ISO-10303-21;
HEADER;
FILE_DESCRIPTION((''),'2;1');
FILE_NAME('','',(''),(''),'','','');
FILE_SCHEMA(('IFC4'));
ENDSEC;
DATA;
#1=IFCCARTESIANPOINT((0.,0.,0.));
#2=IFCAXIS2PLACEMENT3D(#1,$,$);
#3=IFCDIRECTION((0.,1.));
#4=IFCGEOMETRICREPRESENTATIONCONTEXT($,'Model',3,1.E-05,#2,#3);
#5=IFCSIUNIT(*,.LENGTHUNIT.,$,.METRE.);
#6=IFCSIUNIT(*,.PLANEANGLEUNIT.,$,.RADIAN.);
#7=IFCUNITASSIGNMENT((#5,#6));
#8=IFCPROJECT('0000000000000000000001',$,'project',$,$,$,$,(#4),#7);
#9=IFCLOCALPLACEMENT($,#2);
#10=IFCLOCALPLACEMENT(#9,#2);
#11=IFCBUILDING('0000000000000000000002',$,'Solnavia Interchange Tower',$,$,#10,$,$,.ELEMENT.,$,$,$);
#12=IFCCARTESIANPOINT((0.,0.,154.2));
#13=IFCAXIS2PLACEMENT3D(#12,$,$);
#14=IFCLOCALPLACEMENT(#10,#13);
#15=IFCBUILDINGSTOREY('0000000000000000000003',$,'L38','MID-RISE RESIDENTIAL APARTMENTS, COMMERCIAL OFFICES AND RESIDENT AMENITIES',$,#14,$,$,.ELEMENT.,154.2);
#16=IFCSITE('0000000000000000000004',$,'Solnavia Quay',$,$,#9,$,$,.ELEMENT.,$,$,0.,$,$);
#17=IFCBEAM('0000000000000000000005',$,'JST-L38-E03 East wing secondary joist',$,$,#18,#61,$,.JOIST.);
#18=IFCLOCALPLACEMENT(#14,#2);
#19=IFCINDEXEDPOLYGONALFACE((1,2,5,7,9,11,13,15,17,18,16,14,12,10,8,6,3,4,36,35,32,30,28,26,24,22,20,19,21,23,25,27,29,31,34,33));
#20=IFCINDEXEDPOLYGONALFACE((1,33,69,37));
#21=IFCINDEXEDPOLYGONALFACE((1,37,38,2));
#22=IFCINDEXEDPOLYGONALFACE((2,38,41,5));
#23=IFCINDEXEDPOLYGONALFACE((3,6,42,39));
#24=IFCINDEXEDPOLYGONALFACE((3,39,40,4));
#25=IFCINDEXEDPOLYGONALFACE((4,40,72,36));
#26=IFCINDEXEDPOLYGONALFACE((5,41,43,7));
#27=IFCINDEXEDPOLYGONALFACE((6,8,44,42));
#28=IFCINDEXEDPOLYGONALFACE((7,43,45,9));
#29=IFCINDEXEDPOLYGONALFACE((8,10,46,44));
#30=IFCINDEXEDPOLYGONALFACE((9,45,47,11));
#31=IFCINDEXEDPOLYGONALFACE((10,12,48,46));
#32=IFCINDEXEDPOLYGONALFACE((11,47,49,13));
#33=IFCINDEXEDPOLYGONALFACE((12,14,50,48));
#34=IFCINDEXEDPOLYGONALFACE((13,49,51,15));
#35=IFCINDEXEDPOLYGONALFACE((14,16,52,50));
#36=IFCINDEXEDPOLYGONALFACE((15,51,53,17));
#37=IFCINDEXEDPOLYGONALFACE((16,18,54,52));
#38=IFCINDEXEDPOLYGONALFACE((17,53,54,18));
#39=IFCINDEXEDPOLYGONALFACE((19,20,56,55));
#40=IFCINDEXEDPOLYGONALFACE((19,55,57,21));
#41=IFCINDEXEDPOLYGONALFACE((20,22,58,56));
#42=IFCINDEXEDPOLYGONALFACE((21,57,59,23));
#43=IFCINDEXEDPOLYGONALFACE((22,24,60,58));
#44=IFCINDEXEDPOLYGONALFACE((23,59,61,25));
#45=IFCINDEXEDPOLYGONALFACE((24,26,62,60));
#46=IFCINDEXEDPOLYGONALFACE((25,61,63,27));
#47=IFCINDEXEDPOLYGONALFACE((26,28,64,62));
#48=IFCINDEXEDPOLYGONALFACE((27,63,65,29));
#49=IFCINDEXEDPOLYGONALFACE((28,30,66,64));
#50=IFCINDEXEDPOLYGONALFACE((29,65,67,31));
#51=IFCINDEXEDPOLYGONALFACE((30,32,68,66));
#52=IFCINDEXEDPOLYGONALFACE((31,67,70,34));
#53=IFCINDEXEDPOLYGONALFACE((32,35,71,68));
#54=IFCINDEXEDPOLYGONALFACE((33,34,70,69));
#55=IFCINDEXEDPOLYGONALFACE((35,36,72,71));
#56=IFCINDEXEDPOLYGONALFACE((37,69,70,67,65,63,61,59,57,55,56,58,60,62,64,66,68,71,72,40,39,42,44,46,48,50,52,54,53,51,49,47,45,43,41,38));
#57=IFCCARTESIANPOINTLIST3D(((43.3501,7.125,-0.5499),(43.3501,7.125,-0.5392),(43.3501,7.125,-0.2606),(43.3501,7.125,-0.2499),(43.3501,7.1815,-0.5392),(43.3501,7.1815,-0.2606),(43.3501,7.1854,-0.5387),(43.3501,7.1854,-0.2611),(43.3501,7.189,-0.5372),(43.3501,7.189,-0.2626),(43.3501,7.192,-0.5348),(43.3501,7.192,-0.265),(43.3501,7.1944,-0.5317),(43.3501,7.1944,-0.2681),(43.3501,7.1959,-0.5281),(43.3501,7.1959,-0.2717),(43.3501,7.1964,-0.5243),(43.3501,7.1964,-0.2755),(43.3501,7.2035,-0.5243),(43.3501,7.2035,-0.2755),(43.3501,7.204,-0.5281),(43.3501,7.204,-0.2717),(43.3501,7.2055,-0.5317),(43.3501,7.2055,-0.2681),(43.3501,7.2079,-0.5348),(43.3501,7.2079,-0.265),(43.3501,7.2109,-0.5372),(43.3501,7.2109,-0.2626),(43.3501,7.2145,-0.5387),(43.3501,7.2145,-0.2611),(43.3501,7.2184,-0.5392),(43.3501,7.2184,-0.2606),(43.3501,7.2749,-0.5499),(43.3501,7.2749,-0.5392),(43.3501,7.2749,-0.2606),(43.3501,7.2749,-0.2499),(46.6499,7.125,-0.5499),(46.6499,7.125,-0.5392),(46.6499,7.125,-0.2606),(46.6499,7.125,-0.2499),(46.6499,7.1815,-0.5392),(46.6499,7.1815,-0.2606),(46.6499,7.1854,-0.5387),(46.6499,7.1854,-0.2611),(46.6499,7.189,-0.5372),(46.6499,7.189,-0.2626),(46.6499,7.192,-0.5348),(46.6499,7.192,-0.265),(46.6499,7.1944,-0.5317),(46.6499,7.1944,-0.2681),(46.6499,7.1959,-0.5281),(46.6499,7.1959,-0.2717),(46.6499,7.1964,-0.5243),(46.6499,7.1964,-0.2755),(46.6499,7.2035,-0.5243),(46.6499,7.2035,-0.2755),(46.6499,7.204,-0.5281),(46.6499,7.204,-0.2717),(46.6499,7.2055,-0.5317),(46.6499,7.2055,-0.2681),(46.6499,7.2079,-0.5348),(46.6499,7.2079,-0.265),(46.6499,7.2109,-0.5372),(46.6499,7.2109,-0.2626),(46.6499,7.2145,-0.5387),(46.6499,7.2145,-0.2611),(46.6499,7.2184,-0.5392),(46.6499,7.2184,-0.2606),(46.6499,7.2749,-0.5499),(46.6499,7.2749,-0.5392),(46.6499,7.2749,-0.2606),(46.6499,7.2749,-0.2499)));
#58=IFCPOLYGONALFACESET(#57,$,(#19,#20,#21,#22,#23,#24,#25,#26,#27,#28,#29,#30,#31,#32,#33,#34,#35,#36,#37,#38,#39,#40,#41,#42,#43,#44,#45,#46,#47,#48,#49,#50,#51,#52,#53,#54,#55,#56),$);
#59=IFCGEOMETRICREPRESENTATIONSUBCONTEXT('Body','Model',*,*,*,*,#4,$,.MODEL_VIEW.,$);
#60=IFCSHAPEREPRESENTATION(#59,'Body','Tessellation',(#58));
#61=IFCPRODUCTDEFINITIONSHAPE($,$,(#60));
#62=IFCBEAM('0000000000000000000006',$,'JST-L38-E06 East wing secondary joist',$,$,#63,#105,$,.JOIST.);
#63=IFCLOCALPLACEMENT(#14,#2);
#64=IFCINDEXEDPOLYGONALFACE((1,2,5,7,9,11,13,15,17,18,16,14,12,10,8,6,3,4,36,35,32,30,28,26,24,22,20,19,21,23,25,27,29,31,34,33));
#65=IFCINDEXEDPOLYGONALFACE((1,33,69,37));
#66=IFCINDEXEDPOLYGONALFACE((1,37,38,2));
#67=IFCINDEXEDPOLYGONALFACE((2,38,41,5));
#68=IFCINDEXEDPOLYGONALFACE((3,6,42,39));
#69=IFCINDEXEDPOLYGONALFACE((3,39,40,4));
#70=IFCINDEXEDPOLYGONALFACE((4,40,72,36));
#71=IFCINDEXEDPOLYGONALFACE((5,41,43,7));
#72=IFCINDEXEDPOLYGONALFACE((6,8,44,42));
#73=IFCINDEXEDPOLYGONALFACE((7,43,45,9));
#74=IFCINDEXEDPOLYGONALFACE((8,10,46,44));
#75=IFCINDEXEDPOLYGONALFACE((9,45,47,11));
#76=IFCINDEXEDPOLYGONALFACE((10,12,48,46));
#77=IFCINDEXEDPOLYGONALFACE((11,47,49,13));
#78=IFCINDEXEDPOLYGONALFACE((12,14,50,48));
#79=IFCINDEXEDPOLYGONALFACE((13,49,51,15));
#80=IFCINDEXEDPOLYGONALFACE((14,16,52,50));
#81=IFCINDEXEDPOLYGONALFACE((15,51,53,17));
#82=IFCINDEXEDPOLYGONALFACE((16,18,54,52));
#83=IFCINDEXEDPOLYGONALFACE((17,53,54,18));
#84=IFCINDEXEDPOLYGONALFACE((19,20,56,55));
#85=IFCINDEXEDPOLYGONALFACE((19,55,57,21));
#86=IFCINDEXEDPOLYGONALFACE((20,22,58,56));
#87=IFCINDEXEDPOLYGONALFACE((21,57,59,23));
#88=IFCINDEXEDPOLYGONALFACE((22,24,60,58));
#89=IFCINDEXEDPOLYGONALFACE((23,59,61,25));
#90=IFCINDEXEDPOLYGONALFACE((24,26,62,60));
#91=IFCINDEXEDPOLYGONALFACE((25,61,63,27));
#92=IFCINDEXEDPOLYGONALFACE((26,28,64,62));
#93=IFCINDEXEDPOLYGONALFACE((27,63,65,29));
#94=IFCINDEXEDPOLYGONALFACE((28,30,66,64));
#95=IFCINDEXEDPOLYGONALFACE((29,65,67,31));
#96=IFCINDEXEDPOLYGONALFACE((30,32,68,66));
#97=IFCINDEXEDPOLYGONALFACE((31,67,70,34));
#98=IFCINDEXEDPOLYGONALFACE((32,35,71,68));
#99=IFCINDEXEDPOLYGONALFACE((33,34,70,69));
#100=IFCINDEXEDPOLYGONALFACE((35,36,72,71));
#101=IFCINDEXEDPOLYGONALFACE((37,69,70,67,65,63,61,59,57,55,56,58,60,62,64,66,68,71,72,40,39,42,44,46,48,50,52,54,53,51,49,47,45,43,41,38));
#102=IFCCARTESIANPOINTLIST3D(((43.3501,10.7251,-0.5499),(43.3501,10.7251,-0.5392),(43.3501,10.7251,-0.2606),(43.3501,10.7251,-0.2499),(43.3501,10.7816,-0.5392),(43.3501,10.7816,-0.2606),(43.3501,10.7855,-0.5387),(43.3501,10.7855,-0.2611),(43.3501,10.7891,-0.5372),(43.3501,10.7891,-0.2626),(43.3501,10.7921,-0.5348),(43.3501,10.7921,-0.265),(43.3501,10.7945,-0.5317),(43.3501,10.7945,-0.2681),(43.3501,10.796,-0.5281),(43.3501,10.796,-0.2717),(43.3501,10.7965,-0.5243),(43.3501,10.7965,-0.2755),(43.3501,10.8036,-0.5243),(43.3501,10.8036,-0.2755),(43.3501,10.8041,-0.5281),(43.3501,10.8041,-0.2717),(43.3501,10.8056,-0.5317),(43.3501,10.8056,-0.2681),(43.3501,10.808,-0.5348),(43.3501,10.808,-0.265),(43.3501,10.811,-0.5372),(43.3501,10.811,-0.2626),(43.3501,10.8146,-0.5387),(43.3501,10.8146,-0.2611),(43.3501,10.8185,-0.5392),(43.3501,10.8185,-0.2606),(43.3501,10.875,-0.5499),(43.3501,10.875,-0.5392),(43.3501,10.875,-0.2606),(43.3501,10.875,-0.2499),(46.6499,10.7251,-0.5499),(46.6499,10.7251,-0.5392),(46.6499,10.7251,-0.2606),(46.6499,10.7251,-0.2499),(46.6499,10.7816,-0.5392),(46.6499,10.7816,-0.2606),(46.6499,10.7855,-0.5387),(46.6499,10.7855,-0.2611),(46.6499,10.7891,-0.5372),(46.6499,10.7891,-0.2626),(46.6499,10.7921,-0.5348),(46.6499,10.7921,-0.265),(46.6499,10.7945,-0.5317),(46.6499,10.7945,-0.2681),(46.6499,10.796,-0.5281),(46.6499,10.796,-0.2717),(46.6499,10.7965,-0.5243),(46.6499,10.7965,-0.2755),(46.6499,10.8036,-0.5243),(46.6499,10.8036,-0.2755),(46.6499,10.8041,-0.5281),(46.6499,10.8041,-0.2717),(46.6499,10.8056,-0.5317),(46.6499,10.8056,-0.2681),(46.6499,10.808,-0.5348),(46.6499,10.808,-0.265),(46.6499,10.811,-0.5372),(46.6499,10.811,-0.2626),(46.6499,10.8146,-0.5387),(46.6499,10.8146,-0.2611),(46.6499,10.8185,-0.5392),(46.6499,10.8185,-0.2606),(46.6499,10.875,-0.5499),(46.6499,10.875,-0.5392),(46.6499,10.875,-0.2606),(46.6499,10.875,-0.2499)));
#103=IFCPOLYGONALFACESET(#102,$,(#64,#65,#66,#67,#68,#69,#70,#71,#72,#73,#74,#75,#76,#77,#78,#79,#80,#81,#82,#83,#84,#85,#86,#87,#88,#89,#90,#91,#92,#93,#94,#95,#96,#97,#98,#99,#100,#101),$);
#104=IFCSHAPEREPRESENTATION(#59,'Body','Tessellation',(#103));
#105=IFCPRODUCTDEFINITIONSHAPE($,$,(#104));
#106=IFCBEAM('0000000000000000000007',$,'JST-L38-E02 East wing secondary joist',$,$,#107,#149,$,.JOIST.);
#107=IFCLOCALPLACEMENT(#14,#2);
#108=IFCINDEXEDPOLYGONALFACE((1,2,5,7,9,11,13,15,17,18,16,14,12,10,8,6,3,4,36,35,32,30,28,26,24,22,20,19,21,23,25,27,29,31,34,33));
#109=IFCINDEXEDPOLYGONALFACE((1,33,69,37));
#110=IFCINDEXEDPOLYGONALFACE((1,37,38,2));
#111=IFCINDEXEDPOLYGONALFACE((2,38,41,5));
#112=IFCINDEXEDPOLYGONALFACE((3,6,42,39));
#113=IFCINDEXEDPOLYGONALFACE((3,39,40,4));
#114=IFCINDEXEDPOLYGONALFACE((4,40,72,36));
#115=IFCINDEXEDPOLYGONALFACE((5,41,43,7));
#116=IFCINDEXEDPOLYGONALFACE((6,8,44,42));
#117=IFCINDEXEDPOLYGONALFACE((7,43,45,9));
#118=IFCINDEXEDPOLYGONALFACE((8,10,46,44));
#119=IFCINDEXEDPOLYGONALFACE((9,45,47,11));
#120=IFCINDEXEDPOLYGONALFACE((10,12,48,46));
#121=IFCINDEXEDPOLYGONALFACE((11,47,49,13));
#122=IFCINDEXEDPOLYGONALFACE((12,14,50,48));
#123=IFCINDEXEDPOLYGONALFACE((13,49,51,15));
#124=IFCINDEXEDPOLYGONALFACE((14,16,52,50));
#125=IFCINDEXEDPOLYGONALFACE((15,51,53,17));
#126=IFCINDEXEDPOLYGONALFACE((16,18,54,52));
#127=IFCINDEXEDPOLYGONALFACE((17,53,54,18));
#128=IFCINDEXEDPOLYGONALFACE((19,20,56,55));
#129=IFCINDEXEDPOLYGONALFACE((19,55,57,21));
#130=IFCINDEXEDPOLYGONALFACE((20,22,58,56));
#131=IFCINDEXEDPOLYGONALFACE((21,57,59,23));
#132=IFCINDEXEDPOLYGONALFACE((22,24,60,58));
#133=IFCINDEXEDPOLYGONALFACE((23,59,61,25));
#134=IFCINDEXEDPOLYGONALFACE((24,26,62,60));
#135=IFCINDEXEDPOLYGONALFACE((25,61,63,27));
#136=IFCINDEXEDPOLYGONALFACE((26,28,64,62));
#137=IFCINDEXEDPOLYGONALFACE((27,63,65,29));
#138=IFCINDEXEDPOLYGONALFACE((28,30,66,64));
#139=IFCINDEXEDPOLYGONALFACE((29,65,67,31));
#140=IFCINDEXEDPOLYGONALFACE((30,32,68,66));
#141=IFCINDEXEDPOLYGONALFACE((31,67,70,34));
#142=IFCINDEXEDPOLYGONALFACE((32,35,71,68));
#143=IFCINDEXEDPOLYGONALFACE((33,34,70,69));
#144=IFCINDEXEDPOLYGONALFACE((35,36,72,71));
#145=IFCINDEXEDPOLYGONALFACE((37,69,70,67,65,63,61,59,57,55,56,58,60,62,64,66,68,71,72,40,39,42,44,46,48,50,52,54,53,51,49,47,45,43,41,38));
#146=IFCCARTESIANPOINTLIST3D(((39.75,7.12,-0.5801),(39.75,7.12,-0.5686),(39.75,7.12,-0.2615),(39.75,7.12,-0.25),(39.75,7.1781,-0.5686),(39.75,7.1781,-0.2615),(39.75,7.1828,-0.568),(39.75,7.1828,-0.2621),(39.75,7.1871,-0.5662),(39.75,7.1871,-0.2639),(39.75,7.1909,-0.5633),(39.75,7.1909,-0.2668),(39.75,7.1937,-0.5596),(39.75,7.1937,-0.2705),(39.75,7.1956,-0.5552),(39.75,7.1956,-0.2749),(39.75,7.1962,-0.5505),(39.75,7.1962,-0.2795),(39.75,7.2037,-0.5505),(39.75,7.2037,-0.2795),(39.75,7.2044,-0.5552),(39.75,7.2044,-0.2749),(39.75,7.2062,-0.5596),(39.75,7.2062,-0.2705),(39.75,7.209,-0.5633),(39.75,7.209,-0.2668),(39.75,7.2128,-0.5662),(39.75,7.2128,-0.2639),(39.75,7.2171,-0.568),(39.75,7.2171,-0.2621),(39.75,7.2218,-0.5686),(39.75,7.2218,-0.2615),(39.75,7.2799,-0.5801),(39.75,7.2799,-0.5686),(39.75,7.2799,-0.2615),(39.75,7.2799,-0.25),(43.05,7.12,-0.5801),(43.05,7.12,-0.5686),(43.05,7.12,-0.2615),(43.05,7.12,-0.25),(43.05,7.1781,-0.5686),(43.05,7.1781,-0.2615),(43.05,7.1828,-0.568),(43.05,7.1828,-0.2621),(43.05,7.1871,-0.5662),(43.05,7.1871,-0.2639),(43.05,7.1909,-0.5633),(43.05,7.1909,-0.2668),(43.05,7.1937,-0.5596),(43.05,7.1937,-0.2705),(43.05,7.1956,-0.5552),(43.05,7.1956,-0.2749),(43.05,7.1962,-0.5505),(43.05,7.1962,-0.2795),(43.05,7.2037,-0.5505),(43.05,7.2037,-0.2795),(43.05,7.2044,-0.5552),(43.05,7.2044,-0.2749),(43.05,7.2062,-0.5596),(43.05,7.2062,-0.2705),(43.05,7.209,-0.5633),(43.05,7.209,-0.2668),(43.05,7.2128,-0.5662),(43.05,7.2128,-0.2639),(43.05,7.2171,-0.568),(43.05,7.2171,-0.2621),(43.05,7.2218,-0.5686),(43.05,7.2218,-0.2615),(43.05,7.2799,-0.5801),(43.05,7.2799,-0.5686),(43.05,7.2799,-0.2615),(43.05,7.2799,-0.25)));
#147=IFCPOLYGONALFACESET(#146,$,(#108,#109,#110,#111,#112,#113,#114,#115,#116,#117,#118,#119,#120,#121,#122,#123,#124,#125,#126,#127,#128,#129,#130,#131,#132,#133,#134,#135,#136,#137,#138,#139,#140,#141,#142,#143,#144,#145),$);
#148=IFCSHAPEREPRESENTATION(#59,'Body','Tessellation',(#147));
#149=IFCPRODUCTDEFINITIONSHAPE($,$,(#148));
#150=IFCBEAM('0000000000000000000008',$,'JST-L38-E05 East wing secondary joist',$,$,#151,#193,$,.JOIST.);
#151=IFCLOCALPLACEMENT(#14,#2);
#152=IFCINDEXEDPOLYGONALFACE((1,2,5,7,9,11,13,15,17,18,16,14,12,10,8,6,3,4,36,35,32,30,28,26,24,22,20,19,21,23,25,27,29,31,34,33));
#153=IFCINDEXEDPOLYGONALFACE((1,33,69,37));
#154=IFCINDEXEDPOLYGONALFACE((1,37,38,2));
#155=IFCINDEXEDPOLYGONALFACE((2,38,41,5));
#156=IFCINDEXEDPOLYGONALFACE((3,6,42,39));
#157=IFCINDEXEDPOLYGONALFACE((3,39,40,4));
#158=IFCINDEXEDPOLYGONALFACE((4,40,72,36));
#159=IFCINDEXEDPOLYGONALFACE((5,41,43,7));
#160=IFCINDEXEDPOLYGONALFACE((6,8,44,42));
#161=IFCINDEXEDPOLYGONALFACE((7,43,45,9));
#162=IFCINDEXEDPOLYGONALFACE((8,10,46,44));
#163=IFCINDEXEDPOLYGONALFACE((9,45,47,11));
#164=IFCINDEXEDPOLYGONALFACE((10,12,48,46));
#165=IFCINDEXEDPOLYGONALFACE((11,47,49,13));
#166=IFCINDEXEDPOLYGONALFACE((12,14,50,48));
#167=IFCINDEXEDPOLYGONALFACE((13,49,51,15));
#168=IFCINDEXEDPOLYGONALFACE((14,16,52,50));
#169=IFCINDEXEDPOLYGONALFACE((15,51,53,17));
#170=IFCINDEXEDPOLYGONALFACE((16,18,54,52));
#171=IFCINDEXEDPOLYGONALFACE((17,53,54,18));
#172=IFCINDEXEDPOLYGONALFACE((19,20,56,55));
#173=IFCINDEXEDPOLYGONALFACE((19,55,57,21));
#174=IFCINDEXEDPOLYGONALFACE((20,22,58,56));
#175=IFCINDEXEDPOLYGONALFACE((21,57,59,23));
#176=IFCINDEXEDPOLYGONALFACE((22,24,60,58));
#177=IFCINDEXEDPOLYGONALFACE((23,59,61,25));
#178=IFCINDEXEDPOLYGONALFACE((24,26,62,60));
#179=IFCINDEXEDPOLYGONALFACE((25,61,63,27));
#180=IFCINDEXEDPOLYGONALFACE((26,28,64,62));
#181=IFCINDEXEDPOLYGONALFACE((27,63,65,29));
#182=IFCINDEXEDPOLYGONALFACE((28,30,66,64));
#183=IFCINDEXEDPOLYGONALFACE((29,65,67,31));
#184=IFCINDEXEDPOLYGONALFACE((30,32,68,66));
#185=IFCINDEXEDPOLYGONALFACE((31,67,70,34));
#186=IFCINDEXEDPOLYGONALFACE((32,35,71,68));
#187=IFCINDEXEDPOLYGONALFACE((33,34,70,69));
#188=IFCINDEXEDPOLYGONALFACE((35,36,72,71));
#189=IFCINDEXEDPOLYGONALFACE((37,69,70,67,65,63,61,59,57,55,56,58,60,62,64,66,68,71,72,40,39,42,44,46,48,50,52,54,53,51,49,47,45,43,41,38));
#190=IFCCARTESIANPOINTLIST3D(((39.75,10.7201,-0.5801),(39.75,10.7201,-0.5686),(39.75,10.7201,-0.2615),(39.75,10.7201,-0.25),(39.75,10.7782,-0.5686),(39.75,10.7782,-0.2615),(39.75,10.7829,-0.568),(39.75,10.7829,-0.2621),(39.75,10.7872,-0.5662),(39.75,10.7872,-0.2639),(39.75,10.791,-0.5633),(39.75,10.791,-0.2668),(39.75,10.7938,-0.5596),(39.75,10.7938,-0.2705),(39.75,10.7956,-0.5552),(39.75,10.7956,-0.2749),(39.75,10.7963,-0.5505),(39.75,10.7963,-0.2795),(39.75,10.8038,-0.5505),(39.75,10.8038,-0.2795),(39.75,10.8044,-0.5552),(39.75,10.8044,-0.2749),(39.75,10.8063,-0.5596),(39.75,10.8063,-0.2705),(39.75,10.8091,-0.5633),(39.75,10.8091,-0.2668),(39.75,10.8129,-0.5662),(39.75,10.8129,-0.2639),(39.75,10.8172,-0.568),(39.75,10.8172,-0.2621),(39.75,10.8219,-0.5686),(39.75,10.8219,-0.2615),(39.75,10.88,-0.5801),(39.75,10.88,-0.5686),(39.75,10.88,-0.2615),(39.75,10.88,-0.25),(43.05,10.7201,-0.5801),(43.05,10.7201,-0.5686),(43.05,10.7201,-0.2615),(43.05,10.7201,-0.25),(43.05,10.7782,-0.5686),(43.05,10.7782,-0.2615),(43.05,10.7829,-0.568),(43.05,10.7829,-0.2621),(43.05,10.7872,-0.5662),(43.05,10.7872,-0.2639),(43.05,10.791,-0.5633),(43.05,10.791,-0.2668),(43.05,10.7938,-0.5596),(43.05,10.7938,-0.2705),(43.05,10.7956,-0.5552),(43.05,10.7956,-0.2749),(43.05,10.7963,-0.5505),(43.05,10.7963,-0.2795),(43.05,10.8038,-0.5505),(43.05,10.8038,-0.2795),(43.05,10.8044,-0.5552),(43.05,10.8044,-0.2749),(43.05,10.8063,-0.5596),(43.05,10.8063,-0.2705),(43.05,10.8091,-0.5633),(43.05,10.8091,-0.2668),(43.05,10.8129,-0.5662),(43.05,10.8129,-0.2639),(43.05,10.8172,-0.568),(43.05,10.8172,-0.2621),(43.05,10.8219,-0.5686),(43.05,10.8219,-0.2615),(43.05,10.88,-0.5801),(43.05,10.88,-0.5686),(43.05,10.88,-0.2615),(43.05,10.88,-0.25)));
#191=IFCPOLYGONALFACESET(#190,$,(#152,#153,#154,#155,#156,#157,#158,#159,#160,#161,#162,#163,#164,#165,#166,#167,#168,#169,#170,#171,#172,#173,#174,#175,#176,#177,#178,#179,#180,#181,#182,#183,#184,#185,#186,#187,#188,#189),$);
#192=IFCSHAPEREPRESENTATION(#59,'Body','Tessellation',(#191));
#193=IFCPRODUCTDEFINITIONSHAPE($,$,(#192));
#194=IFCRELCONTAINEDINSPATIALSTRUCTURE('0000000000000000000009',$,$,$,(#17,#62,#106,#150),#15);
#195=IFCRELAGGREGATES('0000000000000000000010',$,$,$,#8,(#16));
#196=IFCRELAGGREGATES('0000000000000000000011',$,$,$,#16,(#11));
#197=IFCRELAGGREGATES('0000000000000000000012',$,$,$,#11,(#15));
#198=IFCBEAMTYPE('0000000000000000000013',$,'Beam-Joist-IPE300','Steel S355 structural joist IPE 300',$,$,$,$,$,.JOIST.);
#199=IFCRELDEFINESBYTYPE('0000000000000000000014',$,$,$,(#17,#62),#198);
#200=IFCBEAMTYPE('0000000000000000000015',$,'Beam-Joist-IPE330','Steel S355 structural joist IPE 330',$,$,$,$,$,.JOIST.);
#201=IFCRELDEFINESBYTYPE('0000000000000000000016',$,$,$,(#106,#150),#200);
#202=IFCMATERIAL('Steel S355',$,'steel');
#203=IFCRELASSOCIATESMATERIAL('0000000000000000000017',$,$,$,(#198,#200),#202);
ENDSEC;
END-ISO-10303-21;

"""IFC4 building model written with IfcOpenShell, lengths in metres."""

from ifc_helpers import new_model, si_unit, direction, frame, origin, origin_2d, place, context, subcontext, project, spatial, i_section, extrude, material, material_profile, profile_set, type_object, element, save


model = new_model("IFC4")

# Units and contexts
model_context = context("Model", 3, precision=1e-05, world=origin(), true_north=direction((0.0, 1.0)))
body_context = subcontext(model_context, "Body", "Model", "MODEL_VIEW")
ifc_project = project(units=[si_unit("LENGTHUNIT", "METRE"), si_unit("PLANEANGLEUNIT", "RADIAN")], contexts=[model_context])

# Site, building, storey
site_placement = place(None, origin())
site = spatial("IfcSite", under=ifc_project, at=site_placement, Name="Solnavia Quay", CompositionType="ELEMENT", RefElevation=0.0)
building_placement = place(site_placement, origin())
building = spatial("IfcBuilding", under=site, at=building_placement, Name="Solnavia Interchange Tower", CompositionType="ELEMENT")
storey_placement = place(building_placement, frame((0.0, 0.0, 154.2)))
storey = spatial("IfcBuildingStorey", under=building, at=storey_placement, Name="L38", Description="MID-RISE RESIDENTIAL APARTMENTS, COMMERCIAL OFFICES AND RESIDENT AMENITIES", CompositionType="ELEMENT", Elevation=154.2)

# Shared definitions
ifc_material_1 = material(Name="Steel S355", Category="steel")

# Beams
ifc_material_profile_1 = material_profile(ifc_material_1, i_section(OverallWidth=0.1499, OverallDepth=0.3, WebThickness=0.0071, FlangeThickness=0.0107, FilletRadius=0.0149, at=origin_2d()), Name="IPE 300")
ifc_profile_set_1 = profile_set([ifc_material_profile_1], Name="Steel S355")
beam_type_1 = type_object("IfcBeamType", Name="Beam-Joist-IPE300", Description="Steel S355 structural joist IPE 300", PredefinedType="JOIST", material=ifc_profile_set_1)
for number, where, z_axis, x_axis, name in (
    (1, (43.3501, 7.2, -0.3999), (1.0, 0.0, 0.0), (0.0, 1.0, 0.0), "JST-L38-E03 East wing secondary joist"),
    (2, (43.3501, 10.8, -0.3999), (1.0, 0.0, 0.0), (0.0, 1.0, 0.0), "JST-L38-E06 East wing secondary joist"),
):
    element("IfcBeam", number, at=place(storey_placement, frame(where, z_axis=z_axis, x_axis=x_axis)), inside=storey, type_object=beam_type_1, Name=name, PredefinedType="JOIST", context=body_context, shape_type="SweptSolid", body=[
        extrude(i_section(OverallWidth=0.1499, OverallDepth=0.3, WebThickness=0.0071, FlangeThickness=0.0107, FilletRadius=0.0149, at=origin_2d()), origin(), (0.0, 0.0, 1.0), 3.2998),
    ])
ifc_material_profile_2 = material_profile(ifc_material_1, i_section(OverallWidth=0.1599, OverallDepth=0.3301, WebThickness=0.0076, FlangeThickness=0.0115, FilletRadius=0.0181, at=origin_2d()), Name="IPE 330")
ifc_profile_set_2 = profile_set([ifc_material_profile_2], Name="Steel S355")
beam_type_2 = type_object("IfcBeamType", Name="Beam-Joist-IPE330", Description="Steel S355 structural joist IPE 330", PredefinedType="JOIST", material=ifc_profile_set_2)
for number, where, z_axis, x_axis, name in (
    (3, (39.75, 7.2, -0.415), (1.0, 0.0, 0.0), (0.0, 1.0, 0.0), "JST-L38-E02 East wing secondary joist"),
    (4, (39.75, 10.8, -0.415), (1.0, 0.0, 0.0), (0.0, 1.0, 0.0), "JST-L38-E05 East wing secondary joist"),
):
    element("IfcBeam", number, at=place(storey_placement, frame(where, z_axis=z_axis, x_axis=x_axis)), inside=storey, type_object=beam_type_2, Name=name, PredefinedType="JOIST", context=body_context, shape_type="SweptSolid", body=[
        extrude(i_section(OverallWidth=0.1599, OverallDepth=0.3301, WebThickness=0.0076, FlangeThickness=0.0115, FilletRadius=0.0181, at=origin_2d()), origin(), (0.0, 0.0, 1.0), 3.3),
    ])

save(model, "model.ifc")
